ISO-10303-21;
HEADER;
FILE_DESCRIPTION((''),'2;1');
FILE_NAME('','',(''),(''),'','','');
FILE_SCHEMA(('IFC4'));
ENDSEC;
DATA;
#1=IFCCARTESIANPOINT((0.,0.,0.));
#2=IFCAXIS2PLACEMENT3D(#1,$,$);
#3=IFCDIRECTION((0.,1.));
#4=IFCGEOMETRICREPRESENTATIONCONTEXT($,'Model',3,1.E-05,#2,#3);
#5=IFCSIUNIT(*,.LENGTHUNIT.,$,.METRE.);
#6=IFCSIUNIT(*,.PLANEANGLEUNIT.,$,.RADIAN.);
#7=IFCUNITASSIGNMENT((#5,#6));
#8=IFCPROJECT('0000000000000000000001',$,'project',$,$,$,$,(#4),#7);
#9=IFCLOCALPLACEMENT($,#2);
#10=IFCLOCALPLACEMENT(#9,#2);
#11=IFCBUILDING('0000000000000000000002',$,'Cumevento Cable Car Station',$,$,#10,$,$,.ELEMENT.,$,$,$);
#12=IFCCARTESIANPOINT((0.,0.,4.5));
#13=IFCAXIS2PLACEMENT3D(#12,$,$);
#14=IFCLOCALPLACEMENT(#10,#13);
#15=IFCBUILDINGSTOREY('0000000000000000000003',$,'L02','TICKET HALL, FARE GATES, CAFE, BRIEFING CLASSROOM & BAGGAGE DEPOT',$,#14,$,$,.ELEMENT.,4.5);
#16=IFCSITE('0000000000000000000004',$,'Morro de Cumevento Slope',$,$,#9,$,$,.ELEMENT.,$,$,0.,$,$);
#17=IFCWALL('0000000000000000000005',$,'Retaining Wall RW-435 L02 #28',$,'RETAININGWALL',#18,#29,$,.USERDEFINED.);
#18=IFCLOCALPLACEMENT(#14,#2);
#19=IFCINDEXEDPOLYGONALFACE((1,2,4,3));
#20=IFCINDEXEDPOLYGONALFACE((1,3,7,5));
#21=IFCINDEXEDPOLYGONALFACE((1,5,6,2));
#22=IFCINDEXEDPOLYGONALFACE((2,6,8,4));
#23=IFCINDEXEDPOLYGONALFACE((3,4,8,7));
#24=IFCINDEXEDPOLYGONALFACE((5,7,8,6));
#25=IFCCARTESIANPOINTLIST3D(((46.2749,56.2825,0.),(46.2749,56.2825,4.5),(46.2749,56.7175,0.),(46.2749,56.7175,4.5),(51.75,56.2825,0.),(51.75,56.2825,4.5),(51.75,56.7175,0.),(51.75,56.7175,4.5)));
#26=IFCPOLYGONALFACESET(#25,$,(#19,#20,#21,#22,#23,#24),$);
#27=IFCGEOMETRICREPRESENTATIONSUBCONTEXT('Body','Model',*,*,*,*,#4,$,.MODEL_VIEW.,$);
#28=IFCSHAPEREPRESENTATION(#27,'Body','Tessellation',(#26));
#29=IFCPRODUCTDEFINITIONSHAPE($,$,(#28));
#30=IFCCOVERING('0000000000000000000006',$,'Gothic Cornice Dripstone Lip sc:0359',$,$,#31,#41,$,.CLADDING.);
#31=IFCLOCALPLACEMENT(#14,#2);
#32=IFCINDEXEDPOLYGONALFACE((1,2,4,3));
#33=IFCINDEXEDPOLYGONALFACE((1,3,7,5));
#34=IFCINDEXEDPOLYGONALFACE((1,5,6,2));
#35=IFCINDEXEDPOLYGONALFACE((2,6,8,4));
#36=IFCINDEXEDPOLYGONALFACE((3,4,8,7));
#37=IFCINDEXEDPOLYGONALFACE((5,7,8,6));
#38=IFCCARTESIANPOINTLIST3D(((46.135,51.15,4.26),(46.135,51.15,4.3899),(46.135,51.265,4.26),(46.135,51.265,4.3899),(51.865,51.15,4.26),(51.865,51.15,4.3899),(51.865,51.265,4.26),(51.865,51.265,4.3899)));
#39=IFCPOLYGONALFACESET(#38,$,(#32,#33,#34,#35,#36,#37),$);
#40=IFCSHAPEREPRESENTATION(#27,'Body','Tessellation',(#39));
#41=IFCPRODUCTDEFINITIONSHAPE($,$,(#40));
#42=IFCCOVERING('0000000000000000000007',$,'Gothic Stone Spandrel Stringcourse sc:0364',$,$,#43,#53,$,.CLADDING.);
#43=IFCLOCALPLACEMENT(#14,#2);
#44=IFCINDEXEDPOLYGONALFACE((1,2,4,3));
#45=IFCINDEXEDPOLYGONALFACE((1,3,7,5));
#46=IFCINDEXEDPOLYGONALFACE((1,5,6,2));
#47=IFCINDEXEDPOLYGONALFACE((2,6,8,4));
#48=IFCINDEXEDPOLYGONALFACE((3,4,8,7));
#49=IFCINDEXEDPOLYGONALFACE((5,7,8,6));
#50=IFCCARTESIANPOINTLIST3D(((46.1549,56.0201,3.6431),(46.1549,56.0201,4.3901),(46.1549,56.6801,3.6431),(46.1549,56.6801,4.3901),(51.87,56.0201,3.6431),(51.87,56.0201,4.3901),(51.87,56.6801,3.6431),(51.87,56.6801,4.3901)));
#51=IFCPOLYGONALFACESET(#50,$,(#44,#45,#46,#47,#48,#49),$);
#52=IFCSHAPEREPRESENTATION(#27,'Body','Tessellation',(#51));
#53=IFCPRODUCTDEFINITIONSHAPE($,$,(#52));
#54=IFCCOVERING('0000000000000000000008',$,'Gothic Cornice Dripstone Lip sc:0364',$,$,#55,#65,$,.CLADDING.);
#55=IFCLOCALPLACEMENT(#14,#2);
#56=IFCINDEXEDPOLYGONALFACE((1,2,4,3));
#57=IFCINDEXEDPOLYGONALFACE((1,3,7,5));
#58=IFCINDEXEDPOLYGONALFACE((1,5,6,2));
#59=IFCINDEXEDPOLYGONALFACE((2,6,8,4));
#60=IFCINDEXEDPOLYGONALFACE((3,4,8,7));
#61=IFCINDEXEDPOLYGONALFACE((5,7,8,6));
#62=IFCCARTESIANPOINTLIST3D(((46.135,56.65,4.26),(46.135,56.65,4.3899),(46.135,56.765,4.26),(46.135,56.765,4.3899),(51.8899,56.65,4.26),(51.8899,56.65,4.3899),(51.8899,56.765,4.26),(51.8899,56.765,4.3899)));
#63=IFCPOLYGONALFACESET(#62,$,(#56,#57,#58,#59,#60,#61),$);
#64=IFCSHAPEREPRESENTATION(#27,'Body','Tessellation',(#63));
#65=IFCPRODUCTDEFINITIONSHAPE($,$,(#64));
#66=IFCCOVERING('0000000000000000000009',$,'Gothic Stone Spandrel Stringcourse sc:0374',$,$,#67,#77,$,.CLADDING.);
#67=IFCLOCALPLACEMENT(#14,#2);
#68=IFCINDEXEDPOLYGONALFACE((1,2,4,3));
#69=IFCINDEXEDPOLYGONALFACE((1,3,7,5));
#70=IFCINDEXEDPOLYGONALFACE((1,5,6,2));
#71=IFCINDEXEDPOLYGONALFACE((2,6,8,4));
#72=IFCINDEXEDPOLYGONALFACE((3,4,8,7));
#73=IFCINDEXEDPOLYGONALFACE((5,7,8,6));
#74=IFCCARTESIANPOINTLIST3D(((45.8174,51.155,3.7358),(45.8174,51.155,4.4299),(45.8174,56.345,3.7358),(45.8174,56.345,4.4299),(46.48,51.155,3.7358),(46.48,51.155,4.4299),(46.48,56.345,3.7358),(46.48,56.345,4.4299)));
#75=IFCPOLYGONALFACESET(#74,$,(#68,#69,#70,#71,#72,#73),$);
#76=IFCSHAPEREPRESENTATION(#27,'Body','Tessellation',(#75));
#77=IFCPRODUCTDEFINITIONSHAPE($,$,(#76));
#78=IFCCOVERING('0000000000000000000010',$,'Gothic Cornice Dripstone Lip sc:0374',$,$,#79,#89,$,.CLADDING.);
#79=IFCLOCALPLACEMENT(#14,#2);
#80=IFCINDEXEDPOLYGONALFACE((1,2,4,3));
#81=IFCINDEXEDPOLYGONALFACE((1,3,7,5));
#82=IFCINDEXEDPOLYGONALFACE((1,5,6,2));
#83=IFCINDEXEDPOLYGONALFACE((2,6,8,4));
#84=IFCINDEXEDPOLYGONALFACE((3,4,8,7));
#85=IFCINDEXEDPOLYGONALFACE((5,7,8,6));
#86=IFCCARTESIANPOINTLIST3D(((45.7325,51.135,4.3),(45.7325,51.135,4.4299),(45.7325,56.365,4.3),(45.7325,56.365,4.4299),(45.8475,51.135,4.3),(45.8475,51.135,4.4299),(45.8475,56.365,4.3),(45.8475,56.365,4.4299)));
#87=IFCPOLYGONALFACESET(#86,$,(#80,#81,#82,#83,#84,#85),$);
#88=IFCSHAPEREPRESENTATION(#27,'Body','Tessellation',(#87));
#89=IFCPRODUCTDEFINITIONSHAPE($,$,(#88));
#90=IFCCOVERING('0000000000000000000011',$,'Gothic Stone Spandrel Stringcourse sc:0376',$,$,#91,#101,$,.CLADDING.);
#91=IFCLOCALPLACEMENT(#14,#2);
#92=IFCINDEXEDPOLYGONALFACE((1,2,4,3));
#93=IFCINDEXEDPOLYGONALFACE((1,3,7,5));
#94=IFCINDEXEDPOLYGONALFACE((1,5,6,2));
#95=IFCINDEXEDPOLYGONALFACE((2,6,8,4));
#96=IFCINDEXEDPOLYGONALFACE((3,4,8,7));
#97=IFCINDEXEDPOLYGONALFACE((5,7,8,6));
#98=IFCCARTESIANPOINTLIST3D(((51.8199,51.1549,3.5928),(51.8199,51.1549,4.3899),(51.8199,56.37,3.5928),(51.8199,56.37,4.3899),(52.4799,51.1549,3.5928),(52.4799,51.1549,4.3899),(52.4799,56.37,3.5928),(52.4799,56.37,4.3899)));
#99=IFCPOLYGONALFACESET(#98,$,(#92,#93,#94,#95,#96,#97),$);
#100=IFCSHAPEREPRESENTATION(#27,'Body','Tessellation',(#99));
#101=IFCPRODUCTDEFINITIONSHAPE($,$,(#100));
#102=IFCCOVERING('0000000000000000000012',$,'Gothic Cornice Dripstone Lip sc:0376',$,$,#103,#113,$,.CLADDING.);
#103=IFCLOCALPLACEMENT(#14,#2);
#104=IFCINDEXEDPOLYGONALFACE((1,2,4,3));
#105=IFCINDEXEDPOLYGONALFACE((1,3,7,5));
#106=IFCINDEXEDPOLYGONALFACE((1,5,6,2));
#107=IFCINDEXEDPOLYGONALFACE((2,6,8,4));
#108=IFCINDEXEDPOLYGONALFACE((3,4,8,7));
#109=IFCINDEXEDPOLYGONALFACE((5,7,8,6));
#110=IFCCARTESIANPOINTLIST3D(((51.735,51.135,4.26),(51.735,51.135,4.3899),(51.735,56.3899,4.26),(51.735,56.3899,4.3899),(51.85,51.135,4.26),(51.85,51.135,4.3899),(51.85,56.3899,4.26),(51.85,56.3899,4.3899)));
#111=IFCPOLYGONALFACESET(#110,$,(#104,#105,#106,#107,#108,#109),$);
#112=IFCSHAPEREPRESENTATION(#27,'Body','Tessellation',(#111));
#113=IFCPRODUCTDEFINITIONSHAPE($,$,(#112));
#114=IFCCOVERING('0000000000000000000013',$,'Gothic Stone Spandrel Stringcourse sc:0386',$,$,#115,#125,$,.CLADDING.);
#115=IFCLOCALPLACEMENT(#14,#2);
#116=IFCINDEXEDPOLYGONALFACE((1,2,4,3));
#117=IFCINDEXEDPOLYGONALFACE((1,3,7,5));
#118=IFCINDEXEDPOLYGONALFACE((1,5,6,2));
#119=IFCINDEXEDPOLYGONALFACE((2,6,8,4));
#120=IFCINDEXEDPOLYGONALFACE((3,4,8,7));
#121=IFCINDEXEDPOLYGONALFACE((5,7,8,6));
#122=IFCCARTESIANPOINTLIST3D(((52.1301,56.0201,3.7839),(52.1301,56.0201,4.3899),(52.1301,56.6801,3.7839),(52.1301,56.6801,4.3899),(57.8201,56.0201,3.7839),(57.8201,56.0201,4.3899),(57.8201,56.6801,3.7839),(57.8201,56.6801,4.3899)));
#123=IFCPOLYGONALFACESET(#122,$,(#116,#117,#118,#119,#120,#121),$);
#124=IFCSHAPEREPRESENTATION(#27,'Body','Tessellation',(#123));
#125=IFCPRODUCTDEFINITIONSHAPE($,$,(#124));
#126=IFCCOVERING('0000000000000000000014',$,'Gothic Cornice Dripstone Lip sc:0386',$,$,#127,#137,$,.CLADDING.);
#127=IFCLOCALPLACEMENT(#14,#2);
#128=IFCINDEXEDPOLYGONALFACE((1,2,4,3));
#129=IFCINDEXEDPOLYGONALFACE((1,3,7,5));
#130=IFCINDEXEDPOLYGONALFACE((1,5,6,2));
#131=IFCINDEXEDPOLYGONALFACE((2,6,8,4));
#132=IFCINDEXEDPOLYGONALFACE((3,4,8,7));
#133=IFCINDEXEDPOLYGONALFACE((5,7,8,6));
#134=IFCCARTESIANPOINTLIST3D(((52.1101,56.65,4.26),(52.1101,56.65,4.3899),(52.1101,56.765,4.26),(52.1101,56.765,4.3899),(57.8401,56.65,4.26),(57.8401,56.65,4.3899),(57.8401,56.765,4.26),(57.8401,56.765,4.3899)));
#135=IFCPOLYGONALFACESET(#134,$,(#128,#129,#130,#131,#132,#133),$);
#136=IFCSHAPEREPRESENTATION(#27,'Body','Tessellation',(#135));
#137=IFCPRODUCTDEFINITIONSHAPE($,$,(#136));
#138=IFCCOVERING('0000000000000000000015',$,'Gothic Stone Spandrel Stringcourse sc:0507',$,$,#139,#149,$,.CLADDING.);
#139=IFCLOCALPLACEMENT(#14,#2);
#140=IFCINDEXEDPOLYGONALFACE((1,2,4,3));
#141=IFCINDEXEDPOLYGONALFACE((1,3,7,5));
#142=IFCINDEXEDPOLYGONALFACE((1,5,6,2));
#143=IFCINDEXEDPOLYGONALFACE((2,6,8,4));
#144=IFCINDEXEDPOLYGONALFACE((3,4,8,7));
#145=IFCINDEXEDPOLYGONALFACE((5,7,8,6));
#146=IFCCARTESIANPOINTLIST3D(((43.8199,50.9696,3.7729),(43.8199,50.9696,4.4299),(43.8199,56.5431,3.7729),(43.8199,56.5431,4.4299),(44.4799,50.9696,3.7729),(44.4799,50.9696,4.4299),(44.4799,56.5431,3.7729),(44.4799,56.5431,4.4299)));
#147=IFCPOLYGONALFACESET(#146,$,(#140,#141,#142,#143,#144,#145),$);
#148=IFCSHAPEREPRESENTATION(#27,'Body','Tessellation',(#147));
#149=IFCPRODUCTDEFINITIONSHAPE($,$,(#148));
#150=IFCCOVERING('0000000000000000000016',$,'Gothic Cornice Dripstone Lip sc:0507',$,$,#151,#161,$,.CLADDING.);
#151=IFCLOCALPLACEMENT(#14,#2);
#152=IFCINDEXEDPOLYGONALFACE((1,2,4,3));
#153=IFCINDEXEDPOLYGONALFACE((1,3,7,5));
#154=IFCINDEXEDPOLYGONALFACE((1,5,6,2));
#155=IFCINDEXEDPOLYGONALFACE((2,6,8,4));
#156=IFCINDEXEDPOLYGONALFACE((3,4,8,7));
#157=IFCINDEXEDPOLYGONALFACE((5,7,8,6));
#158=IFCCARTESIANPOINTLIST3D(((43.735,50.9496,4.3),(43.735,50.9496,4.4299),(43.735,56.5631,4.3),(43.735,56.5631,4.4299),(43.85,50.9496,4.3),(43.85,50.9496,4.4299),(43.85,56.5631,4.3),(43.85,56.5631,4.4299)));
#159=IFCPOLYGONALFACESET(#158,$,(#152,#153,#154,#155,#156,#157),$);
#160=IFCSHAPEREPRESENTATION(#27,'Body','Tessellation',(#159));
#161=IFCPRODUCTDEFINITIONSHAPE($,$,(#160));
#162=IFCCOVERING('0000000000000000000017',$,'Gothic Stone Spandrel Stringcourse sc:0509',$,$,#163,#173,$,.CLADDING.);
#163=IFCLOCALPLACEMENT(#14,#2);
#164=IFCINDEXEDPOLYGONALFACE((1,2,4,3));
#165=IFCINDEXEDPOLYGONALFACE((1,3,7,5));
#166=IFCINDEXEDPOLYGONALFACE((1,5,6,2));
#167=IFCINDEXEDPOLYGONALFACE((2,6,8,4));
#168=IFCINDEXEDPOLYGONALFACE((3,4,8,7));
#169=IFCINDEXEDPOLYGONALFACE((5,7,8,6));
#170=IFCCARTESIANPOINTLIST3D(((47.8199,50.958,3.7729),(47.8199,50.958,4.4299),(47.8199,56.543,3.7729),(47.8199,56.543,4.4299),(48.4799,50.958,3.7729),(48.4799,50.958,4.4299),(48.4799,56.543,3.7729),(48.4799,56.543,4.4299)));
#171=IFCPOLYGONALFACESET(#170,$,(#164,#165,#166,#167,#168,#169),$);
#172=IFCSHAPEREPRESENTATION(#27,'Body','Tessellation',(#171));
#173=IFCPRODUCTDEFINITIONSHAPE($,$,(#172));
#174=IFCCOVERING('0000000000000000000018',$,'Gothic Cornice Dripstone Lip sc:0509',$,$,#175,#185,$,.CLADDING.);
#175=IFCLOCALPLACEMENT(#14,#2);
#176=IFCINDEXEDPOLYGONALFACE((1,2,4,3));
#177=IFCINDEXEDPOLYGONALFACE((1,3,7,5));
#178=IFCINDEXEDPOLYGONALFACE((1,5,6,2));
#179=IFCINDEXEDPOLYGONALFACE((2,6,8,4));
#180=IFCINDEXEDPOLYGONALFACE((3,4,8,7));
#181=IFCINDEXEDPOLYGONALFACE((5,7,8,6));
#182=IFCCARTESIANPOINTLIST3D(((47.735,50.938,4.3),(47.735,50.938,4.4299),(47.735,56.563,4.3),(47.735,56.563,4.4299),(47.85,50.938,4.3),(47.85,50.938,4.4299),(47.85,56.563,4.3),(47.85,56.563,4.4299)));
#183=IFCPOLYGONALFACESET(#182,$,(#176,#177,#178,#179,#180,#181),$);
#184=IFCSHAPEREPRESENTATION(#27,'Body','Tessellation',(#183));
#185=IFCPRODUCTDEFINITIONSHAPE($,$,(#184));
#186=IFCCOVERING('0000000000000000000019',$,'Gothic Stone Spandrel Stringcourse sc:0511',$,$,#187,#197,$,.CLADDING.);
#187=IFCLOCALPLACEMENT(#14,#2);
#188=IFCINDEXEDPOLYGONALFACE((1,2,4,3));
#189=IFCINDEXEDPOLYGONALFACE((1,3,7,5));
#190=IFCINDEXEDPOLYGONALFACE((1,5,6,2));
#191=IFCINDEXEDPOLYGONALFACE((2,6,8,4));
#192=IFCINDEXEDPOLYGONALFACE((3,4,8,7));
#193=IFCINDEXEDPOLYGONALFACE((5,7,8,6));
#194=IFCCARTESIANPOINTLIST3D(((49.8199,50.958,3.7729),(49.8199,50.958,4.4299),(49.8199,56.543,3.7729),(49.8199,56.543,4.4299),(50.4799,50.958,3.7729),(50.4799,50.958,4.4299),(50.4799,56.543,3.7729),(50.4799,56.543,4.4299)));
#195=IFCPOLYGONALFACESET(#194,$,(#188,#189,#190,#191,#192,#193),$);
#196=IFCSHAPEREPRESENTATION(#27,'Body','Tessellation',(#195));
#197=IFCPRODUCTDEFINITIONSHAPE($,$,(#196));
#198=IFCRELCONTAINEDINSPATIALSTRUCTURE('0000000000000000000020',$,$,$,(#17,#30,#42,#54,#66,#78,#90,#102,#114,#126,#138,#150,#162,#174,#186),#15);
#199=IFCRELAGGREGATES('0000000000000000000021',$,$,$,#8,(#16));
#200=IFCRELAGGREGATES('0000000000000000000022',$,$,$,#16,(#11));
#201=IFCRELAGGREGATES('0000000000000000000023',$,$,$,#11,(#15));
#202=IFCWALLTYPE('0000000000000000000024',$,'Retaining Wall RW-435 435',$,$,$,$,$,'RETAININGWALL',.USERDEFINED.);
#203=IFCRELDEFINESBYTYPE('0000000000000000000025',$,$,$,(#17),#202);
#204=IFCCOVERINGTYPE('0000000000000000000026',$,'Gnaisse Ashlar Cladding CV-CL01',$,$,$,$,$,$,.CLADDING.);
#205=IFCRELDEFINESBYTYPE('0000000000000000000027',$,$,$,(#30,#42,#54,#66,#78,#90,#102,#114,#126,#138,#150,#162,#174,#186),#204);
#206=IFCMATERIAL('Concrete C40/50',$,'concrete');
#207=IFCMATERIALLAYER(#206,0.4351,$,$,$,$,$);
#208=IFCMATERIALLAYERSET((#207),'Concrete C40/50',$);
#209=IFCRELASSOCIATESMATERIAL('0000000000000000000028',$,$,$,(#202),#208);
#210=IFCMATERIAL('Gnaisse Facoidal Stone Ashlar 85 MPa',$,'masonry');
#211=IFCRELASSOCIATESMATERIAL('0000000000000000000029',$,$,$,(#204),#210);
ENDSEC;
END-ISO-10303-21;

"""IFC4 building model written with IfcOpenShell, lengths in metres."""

from ifc_helpers import new_model, si_unit, direction, frame, frame_2d, origin, origin_2d, place, context, subcontext, project, spatial, rectangle, extrude, material, layer, layer_set, type_object, element, save


model = new_model("IFC4")

# Units and contexts
model_context = context("Model", 3, precision=1e-05, world=origin(), true_north=direction((0.0, 1.0)))
body_context = subcontext(model_context, "Body", "Model", "MODEL_VIEW")
ifc_project = project(units=[si_unit("LENGTHUNIT", "METRE"), si_unit("PLANEANGLEUNIT", "RADIAN")], contexts=[model_context])

# Site, building, storey
site_placement = place(None, origin())
site = spatial("IfcSite", under=ifc_project, at=site_placement, Name="Morro de Cumevento Slope", CompositionType="ELEMENT", RefElevation=0.0)
building_placement = place(site_placement, origin())
building = spatial("IfcBuilding", under=site, at=building_placement, Name="Cumevento Cable Car Station", CompositionType="ELEMENT")
storey_placement = place(building_placement, frame((0.0, 0.0, 4.5)))
storey = spatial("IfcBuildingStorey", under=building, at=storey_placement, Name="L02", Description="TICKET HALL, FARE GATES, CAFE, BRIEFING CLASSROOM & BAGGAGE DEPOT", CompositionType="ELEMENT", Elevation=4.5)

# Wall
ifc_material_1 = material(Name="Concrete C40/50", Category="concrete")
ifc_layer_1 = layer(ifc_material_1, 0.4351)
ifc_layer_set_1 = layer_set([ifc_layer_1], Name="Concrete C40/50")
wall_type_1 = type_object("IfcWallType", Name="Retaining Wall RW-435 435", ElementType="RETAININGWALL", PredefinedType="USERDEFINED", material=ifc_layer_set_1)
wall_1_placement = place(storey_placement, frame((46.2749, 56.5, 0.0), z_axis=(0.0, 0.0, 1.0), x_axis=(1.0, 0.0, 0.0)))
element("IfcWall", 1, at=wall_1_placement, inside=storey, type_object=wall_type_1, Name="Retaining Wall RW-435 L02 #28", ObjectType="RETAININGWALL", PredefinedType="USERDEFINED", context=body_context, shape_type="SweptSolid", body=[
    extrude(rectangle(XDim=5.4751, YDim=0.4351, at=frame_2d((2.7375, 0.0))), origin(), (0.0, 0.0, 1.0), 4.5),
])

# Coverings
ifc_material_2 = material(Name="Gnaisse Facoidal Stone Ashlar 85 MPa", Category="masonry")
covering_type = type_object("IfcCoveringType", Name="Gnaisse Ashlar Cladding CV-CL01", PredefinedType="CLADDING", material=ifc_material_2)
covering_1_placement = place(storey_placement, frame((49.0, 51.2075, 4.26), z_axis=(0.0, 0.0, 1.0), x_axis=(1.0, 0.0, 0.0)))
element("IfcCovering", 2, at=covering_1_placement, inside=storey, type_object=covering_type, Name="Gothic Cornice Dripstone Lip sc:0359", PredefinedType="CLADDING", context=body_context, shape_type="SweptSolid", body=[
    extrude(rectangle(XDim=5.73, YDim=0.115, at=origin_2d()), origin(), (0.0, 0.0, 1.0), 0.1299),
])
covering_2_placement = place(storey_placement, frame((49.0125, 56.3501, 3.6431), z_axis=(0.0, 0.0, 1.0), x_axis=(1.0, 0.0, 0.0)))
element("IfcCovering", 3, at=covering_2_placement, inside=storey, type_object=covering_type, Name="Gothic Stone Spandrel Stringcourse sc:0364", PredefinedType="CLADDING", context=body_context, shape_type="SweptSolid", body=[
    extrude(rectangle(XDim=5.7151, YDim=0.6599, at=origin_2d()), origin(), (0.0, 0.0, 1.0), 0.7471),
])
covering_3_placement = place(storey_placement, frame((49.0125, 56.7075, 4.26), z_axis=(0.0, 0.0, 1.0), x_axis=(1.0, 0.0, 0.0)))
element("IfcCovering", 4, at=covering_3_placement, inside=storey, type_object=covering_type, Name="Gothic Cornice Dripstone Lip sc:0364", PredefinedType="CLADDING", context=body_context, shape_type="SweptSolid", body=[
    extrude(rectangle(XDim=5.7549, YDim=0.115, at=origin_2d()), origin(), (0.0, 0.0, 1.0), 0.1299),
])
covering_4_placement = place(storey_placement, frame((46.1487, 53.75, 3.7358), z_axis=(0.0, 0.0, 1.0), x_axis=(0.0, 1.0, 0.0)))
element("IfcCovering", 5, at=covering_4_placement, inside=storey, type_object=covering_type, Name="Gothic Stone Spandrel Stringcourse sc:0374", PredefinedType="CLADDING", context=body_context, shape_type="SweptSolid", body=[
    extrude(rectangle(XDim=5.1899, YDim=0.6626, at=origin_2d()), origin(), (0.0, 0.0, 1.0), 0.6941),
])
covering_5_placement = place(storey_placement, frame((45.79, 53.75, 4.3), z_axis=(0.0, 0.0, 1.0), x_axis=(0.0, 1.0, 0.0)))
element("IfcCovering", 6, at=covering_5_placement, inside=storey, type_object=covering_type, Name="Gothic Cornice Dripstone Lip sc:0374", PredefinedType="CLADDING", context=body_context, shape_type="SweptSolid", body=[
    extrude(rectangle(XDim=5.23, YDim=0.115, at=origin_2d()), origin(), (0.0, 0.0, 1.0), 0.1299),
])
covering_6_placement = place(storey_placement, frame((52.1499, 53.7625, 3.5928), z_axis=(0.0, 0.0, 1.0), x_axis=(0.0, 1.0, 0.0)))
element("IfcCovering", 7, at=covering_6_placement, inside=storey, type_object=covering_type, Name="Gothic Stone Spandrel Stringcourse sc:0376", PredefinedType="CLADDING", context=body_context, shape_type="SweptSolid", body=[
    extrude(rectangle(XDim=5.2151, YDim=0.6599, at=origin_2d()), origin(), (0.0, 0.0, 1.0), 0.7971),
])
covering_7_placement = place(storey_placement, frame((51.7925, 53.7625, 4.26), z_axis=(0.0, 0.0, 1.0), x_axis=(0.0, 1.0, 0.0)))
element("IfcCovering", 8, at=covering_7_placement, inside=storey, type_object=covering_type, Name="Gothic Cornice Dripstone Lip sc:0376", PredefinedType="CLADDING", context=body_context, shape_type="SweptSolid", body=[
    extrude(rectangle(XDim=5.2549, YDim=0.115, at=origin_2d()), origin(), (0.0, 0.0, 1.0), 0.1299),
])
covering_8_placement = place(storey_placement, frame((54.9751, 56.3501, 3.7839), z_axis=(0.0, 0.0, 1.0), x_axis=(1.0, 0.0, 0.0)))
element("IfcCovering", 9, at=covering_8_placement, inside=storey, type_object=covering_type, Name="Gothic Stone Spandrel Stringcourse sc:0386", PredefinedType="CLADDING", context=body_context, shape_type="SweptSolid", body=[
    extrude(rectangle(XDim=5.6899, YDim=0.6599, at=origin_2d()), origin(), (0.0, 0.0, 1.0), 0.606),
])
covering_9_placement = place(storey_placement, frame((54.9751, 56.7075, 4.26), z_axis=(0.0, 0.0, 1.0), x_axis=(1.0, 0.0, 0.0)))
element("IfcCovering", 10, at=covering_9_placement, inside=storey, type_object=covering_type, Name="Gothic Cornice Dripstone Lip sc:0386", PredefinedType="CLADDING", context=body_context, shape_type="SweptSolid", body=[
    extrude(rectangle(XDim=5.73, YDim=0.115, at=origin_2d()), origin(), (0.0, 0.0, 1.0), 0.1299),
])
covering_10_placement = place(storey_placement, frame((44.1499, 53.7563, 3.7729), z_axis=(0.0, 0.0, 1.0), x_axis=(0.0, 1.0, 0.0)))
element("IfcCovering", 11, at=covering_10_placement, inside=storey, type_object=covering_type, Name="Gothic Stone Spandrel Stringcourse sc:0507", PredefinedType="CLADDING", context=body_context, shape_type="SweptSolid", body=[
    extrude(rectangle(XDim=5.5735, YDim=0.6599, at=origin_2d()), origin(), (0.0, 0.0, 1.0), 0.657),
])
covering_11_placement = place(storey_placement, frame((43.7925, 53.7563, 4.3), z_axis=(0.0, 0.0, 1.0), x_axis=(0.0, 1.0, 0.0)))
element("IfcCovering", 12, at=covering_11_placement, inside=storey, type_object=covering_type, Name="Gothic Cornice Dripstone Lip sc:0507", PredefinedType="CLADDING", context=body_context, shape_type="SweptSolid", body=[
    extrude(rectangle(XDim=5.6135, YDim=0.115, at=origin_2d()), origin(), (0.0, 0.0, 1.0), 0.1299),
])
covering_12_placement = place(storey_placement, frame((48.1499, 53.7505, 3.7729), z_axis=(0.0, 0.0, 1.0), x_axis=(0.0, 1.0, 0.0)))
element("IfcCovering", 13, at=covering_12_placement, inside=storey, type_object=covering_type, Name="Gothic Stone Spandrel Stringcourse sc:0509", PredefinedType="CLADDING", context=body_context, shape_type="SweptSolid", body=[
    extrude(rectangle(XDim=5.585, YDim=0.6599, at=origin_2d()), origin(), (0.0, 0.0, 1.0), 0.657),
])
covering_13_placement = place(storey_placement, frame((47.7925, 53.7505, 4.3), z_axis=(0.0, 0.0, 1.0), x_axis=(0.0, 1.0, 0.0)))
element("IfcCovering", 14, at=covering_13_placement, inside=storey, type_object=covering_type, Name="Gothic Cornice Dripstone Lip sc:0509", PredefinedType="CLADDING", context=body_context, shape_type="SweptSolid", body=[
    extrude(rectangle(XDim=5.625, YDim=0.115, at=origin_2d()), origin(), (0.0, 0.0, 1.0), 0.1299),
])
covering_14_placement = place(storey_placement, frame((50.1499, 53.7505, 3.7729), z_axis=(0.0, 0.0, 1.0), x_axis=(0.0, 1.0, 0.0)))
element("IfcCovering", 15, at=covering_14_placement, inside=storey, type_object=covering_type, Name="Gothic Stone Spandrel Stringcourse sc:0511", PredefinedType="CLADDING", context=body_context, shape_type="SweptSolid", body=[
    extrude(rectangle(XDim=5.585, YDim=0.6599, at=origin_2d()), origin(), (0.0, 0.0, 1.0), 0.657),
])

save(model, "model.ifc")
